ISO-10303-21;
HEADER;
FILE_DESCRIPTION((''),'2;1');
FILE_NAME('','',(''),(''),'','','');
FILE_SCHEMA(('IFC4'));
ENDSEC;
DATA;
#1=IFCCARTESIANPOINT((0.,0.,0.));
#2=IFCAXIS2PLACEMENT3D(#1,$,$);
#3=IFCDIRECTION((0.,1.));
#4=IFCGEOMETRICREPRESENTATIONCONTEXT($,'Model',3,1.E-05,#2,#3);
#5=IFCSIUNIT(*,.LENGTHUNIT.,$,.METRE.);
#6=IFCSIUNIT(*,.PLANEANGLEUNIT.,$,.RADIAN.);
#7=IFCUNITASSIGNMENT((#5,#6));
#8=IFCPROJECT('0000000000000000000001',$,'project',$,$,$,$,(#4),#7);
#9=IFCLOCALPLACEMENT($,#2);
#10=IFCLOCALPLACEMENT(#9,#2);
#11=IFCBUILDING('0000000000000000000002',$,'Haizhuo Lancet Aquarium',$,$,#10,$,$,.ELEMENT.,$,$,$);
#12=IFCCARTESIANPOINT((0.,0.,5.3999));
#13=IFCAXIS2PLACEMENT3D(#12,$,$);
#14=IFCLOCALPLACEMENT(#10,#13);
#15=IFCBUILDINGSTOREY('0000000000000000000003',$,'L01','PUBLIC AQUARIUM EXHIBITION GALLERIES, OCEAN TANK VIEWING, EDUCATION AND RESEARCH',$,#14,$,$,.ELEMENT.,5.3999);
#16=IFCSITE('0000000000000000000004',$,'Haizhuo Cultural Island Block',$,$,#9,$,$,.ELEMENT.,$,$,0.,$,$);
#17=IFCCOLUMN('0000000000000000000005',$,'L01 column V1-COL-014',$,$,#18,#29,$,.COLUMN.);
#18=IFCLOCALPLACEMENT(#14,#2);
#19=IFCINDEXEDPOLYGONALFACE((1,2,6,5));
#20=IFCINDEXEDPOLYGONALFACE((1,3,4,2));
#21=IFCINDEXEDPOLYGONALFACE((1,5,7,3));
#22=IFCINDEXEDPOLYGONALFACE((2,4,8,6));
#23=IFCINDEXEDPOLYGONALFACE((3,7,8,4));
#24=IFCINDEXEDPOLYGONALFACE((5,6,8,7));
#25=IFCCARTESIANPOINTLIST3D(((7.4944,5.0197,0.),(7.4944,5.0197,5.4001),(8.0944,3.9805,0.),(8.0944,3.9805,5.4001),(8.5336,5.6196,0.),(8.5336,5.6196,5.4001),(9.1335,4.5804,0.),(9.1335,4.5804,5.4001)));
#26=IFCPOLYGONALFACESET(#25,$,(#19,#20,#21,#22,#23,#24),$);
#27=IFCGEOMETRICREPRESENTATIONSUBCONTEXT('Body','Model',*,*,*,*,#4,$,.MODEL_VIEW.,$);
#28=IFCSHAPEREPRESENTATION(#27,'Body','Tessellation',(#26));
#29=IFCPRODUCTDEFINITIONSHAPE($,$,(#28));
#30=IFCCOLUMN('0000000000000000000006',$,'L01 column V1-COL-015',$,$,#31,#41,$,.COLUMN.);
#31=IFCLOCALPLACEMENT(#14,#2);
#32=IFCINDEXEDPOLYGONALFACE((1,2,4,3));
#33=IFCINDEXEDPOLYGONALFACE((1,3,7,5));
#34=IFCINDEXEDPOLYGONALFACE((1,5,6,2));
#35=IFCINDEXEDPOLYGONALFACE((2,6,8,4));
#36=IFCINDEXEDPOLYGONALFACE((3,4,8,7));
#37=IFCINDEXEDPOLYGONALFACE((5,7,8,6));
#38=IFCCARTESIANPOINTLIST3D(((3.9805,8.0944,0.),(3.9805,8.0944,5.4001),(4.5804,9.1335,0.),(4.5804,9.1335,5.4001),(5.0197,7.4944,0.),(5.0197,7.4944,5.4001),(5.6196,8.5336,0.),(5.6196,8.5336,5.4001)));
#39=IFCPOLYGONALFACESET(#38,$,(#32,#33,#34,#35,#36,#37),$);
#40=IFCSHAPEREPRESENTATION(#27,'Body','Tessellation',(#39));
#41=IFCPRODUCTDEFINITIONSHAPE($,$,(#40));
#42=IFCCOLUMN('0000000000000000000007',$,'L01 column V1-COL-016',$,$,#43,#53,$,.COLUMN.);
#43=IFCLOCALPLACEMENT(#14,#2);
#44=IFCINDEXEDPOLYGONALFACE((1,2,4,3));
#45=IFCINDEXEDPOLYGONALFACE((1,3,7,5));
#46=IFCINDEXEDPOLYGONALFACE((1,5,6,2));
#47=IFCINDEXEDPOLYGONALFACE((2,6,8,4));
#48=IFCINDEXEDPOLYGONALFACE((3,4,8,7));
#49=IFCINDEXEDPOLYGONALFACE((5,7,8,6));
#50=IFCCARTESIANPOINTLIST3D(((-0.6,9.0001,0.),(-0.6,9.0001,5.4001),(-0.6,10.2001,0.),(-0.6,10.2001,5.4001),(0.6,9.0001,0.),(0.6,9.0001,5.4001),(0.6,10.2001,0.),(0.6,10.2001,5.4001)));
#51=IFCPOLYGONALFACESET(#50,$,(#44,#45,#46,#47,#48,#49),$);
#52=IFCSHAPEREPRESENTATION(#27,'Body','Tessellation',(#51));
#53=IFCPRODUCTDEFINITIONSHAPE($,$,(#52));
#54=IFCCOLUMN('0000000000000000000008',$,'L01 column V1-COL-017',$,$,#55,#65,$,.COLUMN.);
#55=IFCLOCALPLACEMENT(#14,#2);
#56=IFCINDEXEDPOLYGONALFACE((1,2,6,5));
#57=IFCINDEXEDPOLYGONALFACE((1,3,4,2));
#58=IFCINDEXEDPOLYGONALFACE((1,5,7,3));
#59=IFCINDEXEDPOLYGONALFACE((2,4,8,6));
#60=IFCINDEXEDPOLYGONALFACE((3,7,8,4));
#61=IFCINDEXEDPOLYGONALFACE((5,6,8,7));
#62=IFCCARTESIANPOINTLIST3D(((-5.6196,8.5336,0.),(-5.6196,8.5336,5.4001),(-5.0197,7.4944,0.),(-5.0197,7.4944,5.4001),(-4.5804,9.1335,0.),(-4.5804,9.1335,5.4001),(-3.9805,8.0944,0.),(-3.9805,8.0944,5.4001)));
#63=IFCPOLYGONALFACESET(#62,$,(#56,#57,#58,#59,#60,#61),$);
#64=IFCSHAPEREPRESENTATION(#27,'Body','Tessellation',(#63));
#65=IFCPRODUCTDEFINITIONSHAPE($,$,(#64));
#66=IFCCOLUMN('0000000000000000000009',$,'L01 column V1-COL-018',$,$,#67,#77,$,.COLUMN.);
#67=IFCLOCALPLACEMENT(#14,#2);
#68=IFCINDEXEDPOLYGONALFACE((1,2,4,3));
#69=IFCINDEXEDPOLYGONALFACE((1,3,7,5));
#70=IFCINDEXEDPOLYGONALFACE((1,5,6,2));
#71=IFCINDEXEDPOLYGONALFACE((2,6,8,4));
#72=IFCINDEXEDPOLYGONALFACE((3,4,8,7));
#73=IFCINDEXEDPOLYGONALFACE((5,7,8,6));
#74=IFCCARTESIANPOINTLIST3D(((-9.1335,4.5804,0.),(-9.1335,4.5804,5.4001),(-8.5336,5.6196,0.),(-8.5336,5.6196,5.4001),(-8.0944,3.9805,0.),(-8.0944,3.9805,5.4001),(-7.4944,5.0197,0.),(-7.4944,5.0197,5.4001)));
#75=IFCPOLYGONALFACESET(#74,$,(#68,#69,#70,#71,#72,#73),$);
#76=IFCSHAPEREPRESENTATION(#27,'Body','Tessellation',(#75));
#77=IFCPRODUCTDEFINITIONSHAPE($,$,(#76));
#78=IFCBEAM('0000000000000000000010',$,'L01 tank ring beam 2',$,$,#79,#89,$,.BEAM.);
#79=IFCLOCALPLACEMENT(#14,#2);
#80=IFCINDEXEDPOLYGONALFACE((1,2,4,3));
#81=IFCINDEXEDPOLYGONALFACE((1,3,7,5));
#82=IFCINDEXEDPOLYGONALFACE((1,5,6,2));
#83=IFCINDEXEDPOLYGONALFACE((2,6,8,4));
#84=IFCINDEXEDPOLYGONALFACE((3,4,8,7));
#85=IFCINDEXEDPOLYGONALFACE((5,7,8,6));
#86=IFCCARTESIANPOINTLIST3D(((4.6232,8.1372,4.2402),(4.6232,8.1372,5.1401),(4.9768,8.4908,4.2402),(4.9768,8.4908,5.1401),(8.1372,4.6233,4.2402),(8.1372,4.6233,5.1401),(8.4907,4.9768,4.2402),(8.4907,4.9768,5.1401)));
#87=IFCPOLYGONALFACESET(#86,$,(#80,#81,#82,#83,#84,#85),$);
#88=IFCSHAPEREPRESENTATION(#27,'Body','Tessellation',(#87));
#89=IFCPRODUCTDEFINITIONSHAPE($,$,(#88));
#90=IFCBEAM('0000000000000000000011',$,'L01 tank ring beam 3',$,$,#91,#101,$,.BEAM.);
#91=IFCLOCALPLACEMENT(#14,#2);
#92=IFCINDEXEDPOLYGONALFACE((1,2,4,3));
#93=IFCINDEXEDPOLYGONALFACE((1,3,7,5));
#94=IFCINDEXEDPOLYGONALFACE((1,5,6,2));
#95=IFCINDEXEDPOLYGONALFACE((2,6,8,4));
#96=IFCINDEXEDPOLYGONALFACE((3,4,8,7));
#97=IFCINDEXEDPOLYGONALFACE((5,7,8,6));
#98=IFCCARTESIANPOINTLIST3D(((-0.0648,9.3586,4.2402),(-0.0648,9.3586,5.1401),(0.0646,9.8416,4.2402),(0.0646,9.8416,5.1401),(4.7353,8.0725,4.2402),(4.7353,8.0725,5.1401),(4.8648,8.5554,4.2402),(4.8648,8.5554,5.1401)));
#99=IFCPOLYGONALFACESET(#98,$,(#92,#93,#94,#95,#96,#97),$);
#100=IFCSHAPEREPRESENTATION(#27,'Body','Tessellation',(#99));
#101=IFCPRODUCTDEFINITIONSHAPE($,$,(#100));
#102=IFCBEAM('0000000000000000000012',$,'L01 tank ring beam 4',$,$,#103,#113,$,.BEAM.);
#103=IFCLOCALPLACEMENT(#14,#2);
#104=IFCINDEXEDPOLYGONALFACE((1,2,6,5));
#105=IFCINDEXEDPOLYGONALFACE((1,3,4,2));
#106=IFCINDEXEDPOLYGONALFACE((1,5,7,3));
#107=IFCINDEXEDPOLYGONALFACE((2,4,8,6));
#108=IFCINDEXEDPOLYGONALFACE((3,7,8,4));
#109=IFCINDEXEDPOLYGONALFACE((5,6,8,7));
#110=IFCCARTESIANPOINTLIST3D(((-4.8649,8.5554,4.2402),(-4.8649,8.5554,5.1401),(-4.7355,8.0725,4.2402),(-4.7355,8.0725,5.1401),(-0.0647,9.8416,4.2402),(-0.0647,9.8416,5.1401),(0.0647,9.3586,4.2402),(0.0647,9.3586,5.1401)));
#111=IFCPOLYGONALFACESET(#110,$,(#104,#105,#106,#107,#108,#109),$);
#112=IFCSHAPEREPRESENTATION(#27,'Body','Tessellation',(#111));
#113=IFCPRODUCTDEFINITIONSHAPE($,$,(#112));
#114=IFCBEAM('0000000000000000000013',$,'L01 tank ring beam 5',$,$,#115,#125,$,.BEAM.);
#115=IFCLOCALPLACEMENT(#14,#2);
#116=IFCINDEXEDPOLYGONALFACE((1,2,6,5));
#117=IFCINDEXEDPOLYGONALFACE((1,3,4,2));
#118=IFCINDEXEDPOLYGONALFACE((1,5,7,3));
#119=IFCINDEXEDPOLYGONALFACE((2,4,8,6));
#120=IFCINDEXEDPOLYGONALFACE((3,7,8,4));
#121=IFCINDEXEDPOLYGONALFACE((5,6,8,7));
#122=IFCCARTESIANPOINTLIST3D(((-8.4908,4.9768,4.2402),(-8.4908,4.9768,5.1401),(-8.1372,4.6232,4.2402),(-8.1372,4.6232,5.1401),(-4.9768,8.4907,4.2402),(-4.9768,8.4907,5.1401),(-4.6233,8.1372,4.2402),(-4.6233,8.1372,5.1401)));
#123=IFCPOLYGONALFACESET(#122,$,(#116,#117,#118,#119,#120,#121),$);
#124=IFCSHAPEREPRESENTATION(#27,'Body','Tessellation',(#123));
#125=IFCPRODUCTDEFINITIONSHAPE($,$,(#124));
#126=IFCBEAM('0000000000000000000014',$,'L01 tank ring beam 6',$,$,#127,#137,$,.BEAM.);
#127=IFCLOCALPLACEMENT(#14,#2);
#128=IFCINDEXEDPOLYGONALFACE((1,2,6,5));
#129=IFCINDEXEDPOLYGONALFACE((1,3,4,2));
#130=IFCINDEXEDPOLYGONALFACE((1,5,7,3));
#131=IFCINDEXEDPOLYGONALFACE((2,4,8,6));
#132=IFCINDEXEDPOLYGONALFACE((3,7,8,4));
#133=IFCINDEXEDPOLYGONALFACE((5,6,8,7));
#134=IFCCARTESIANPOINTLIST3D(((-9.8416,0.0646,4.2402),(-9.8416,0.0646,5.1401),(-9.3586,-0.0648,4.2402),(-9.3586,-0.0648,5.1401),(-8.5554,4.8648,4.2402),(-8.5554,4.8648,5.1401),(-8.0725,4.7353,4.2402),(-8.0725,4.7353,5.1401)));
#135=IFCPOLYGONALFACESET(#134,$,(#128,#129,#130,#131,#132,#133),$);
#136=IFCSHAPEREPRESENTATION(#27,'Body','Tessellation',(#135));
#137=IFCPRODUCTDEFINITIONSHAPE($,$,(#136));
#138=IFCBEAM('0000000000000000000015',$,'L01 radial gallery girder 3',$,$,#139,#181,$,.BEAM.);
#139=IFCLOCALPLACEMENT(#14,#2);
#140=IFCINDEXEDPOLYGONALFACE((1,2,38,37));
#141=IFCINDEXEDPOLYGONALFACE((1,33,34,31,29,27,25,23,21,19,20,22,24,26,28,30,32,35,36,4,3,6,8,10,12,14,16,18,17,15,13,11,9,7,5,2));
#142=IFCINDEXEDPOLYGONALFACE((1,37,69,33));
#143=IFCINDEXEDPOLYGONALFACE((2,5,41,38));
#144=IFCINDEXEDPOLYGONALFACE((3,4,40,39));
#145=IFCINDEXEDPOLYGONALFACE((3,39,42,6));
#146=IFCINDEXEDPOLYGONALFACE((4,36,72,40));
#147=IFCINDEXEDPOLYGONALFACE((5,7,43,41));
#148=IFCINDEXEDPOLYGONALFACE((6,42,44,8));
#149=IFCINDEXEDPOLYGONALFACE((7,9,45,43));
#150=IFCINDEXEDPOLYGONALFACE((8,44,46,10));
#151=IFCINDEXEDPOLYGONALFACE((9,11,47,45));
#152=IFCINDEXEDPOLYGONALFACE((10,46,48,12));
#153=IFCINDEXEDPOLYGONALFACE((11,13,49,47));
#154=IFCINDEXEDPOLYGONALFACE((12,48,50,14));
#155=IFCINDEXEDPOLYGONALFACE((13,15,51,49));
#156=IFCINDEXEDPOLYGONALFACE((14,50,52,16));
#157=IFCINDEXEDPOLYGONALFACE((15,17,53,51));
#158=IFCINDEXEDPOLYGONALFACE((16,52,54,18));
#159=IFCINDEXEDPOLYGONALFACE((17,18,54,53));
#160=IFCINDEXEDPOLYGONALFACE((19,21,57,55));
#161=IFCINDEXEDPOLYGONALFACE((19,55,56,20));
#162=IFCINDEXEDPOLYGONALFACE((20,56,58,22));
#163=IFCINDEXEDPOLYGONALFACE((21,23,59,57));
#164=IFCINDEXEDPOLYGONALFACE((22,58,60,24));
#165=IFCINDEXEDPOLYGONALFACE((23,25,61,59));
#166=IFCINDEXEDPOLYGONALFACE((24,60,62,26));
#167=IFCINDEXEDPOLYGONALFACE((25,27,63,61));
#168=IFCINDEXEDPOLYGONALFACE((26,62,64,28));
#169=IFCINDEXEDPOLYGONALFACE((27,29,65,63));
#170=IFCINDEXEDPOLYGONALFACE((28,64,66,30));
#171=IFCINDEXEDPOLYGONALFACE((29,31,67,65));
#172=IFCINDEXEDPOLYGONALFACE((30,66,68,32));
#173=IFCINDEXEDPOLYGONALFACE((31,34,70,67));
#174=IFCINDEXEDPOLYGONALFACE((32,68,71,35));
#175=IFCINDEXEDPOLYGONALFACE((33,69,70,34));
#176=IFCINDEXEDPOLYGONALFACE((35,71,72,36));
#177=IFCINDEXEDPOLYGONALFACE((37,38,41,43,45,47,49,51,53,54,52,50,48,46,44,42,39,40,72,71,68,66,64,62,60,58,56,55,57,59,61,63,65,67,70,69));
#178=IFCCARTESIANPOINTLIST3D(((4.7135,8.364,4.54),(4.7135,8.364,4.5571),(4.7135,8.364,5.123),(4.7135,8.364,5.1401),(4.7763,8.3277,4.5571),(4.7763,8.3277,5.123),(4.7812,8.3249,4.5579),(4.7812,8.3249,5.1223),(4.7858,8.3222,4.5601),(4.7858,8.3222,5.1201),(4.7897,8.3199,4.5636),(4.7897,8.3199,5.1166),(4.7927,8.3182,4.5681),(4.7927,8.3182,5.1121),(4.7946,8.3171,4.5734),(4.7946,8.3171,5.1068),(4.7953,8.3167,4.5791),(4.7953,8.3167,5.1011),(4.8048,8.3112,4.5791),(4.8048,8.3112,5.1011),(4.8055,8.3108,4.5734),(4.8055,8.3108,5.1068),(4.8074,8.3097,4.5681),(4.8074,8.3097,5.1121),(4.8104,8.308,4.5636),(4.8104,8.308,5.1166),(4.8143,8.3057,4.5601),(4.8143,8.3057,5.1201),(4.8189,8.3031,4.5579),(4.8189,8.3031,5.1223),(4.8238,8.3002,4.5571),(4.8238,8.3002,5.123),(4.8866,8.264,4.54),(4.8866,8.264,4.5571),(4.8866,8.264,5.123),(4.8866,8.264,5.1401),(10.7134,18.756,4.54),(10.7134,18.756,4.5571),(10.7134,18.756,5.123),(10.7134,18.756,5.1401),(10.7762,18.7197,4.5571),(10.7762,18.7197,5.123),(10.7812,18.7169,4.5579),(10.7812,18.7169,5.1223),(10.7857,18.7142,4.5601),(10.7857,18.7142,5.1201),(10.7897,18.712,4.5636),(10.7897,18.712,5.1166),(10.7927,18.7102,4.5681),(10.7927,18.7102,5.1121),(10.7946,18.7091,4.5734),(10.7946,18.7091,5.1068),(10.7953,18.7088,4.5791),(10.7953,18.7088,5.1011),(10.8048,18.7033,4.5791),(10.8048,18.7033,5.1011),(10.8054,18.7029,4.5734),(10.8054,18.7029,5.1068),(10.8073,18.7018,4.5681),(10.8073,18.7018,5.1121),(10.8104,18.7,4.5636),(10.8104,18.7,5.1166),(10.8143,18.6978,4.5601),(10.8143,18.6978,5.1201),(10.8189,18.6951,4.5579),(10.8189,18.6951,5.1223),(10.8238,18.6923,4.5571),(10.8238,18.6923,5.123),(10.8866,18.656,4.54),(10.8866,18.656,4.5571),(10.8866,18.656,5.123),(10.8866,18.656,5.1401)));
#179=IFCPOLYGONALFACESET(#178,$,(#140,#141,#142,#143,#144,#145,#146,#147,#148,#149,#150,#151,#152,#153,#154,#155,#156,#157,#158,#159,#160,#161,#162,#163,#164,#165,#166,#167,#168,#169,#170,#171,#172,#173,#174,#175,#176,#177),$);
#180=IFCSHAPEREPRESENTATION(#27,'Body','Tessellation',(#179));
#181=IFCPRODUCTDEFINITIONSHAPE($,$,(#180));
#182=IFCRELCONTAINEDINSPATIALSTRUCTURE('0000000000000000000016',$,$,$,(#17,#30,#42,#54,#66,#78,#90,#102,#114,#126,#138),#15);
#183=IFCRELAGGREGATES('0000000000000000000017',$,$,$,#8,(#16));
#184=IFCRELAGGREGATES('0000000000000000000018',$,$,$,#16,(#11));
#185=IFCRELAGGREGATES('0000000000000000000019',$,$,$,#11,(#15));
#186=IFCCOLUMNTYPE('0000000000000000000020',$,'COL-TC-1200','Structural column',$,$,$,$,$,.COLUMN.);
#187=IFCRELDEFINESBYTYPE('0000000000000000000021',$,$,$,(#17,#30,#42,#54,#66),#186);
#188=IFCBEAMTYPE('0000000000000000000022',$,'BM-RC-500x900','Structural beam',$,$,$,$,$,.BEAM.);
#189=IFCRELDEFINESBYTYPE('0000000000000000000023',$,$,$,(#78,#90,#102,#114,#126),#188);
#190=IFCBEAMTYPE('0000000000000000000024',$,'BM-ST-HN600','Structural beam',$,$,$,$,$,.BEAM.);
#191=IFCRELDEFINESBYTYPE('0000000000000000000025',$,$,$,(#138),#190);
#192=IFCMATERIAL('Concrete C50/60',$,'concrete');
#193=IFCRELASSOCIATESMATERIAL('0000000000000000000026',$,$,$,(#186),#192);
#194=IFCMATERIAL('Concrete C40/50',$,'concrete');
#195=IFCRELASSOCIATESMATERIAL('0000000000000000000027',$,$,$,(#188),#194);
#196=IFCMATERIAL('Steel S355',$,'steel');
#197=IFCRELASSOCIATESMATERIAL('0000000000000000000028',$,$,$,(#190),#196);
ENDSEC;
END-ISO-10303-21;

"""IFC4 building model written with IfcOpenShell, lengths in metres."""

from ifc_helpers import new_model, si_unit, direction, frame, origin, origin_2d, place, context, subcontext, project, spatial, rectangle, i_section, extrude, material, material_profile, profile_set, type_object, element, save


model = new_model("IFC4")

# Units and contexts
model_context = context("Model", 3, precision=1e-05, world=origin(), true_north=direction((0.0, 1.0)))
body_context = subcontext(model_context, "Body", "Model", "MODEL_VIEW")
ifc_project = project(units=[si_unit("LENGTHUNIT", "METRE"), si_unit("PLANEANGLEUNIT", "RADIAN")], contexts=[model_context])

# Site, building, storey
site_placement = place(None, origin())
site = spatial("IfcSite", under=ifc_project, at=site_placement, Name="Haizhuo Cultural Island Block", CompositionType="ELEMENT", RefElevation=0.0)
building_placement = place(site_placement, origin())
building = spatial("IfcBuilding", under=site, at=building_placement, Name="Haizhuo Lancet Aquarium", CompositionType="ELEMENT")
storey_placement = place(building_placement, frame((0.0, 0.0, 5.3999)))
storey = spatial("IfcBuildingStorey", under=building, at=storey_placement, Name="L01", Description="PUBLIC AQUARIUM EXHIBITION GALLERIES, OCEAN TANK VIEWING, EDUCATION AND RESEARCH", CompositionType="ELEMENT", Elevation=5.3999)

# Columns
ifc_material_1 = material(Name="Concrete C50/60", Category="concrete")
ifc_material_profile_1 = material_profile(ifc_material_1, rectangle(XDim=1.2, YDim=1.2, at=origin_2d()), Name="RC-COL 1200x1200")
ifc_profile_set_1 = profile_set([ifc_material_profile_1], Name="Concrete C50/60")
column_type = type_object("IfcColumnType", Name="COL-TC-1200", Description="Structural column", PredefinedType="COLUMN", material=ifc_profile_set_1)
for number, where, z_axis, x_axis, name in (
    (1, (8.314, 4.8, 0.0), (0.0, 0.0, 1.0), (0.866025, 0.5, 0.0), "L01 column V1-COL-014"),
    (2, (4.8, 8.314, 0.0), (0.0, 0.0, 1.0), (0.5, 0.866025, 0.0), "L01 column V1-COL-015"),
    (3, (0.0, 9.6001, 0.0), (0.0, 0.0, 1.0), (0.0, 1.0, 0.0), "L01 column V1-COL-016"),
    (4, (-4.8, 8.314, 0.0), (0.0, 0.0, 1.0), (-0.5, 0.866025, 0.0), "L01 column V1-COL-017"),
    (5, (-8.314, 4.8, 0.0), (0.0, 0.0, 1.0), (-0.866025, 0.5, 0.0), "L01 column V1-COL-018"),
):
    element("IfcColumn", number, at=place(storey_placement, frame(where, z_axis=z_axis, x_axis=x_axis)), inside=storey, type_object=column_type, Name=name, PredefinedType="COLUMN", context=body_context, shape_type="SweptSolid", body=[
        extrude(rectangle(XDim=1.2, YDim=1.2, at=origin_2d()), origin(), (0.0, 0.0, 1.0), 5.4001),
    ])

# Beams
ifc_material_2 = material(Name="Concrete C40/50", Category="concrete")
ifc_material_profile_2 = material_profile(ifc_material_2, rectangle(XDim=0.5, YDim=0.8999, at=origin_2d()), Name="RC-BM 500x900")
ifc_profile_set_2 = profile_set([ifc_material_profile_2], Name="Concrete C40/50")
beam_type_1 = type_object("IfcBeamType", Name="BM-RC-500x900", Description="Structural beam", PredefinedType="BEAM", material=ifc_profile_set_2)
for number, where, z_axis, x_axis, name in (
    (6, (8.314, 4.8, 4.6902), (-0.707107, 0.707107, 0.0), (-0.707107, -0.707107, 0.0), "L01 tank ring beam 2"),
    (7, (4.8, 8.314, 4.6902), (-0.965928, 0.258812, 0.0), (-0.258812, -0.965928, 0.0), "L01 tank ring beam 3"),
    (8, (0.0, 9.6001, 4.6902), (-0.965928, -0.258812, 0.0), (0.258812, -0.965928, 0.0), "L01 tank ring beam 4"),
    (9, (-4.8, 8.314, 4.6902), (-0.707107, -0.707107, 0.0), (0.707107, -0.707107, 0.0), "L01 tank ring beam 5"),
    (10, (-8.314, 4.8, 4.6902), (-0.258812, -0.965928, 0.0), (0.965928, -0.258812, 0.0), "L01 tank ring beam 6"),
):
    element("IfcBeam", number, at=place(storey_placement, frame(where, z_axis=z_axis, x_axis=x_axis)), inside=storey, type_object=beam_type_1, Name=name, PredefinedType="BEAM", context=body_context, shape_type="SweptSolid", body=[
        extrude(rectangle(XDim=0.5, YDim=0.8999, at=origin_2d()), origin(), (0.0, 0.0, 1.0), 4.9695),
    ])
ifc_material_3 = material(Name="Steel S355", Category="steel")
ifc_material_profile_3 = material_profile(ifc_material_3, i_section(OverallWidth=0.2, OverallDepth=0.6001, WebThickness=0.011, FlangeThickness=0.0171, FilletRadius=0.022, at=origin_2d()), Name="HN 600x200x11x17")
ifc_profile_set_3 = profile_set([ifc_material_profile_3], Name="Steel S355")
beam_type_2 = type_object("IfcBeamType", Name="BM-ST-HN600", Description="Structural beam", PredefinedType="BEAM", material=ifc_profile_set_3)
beam_1_placement = place(storey_placement, frame((4.8, 8.314, 4.8401), z_axis=(0.500008, 0.866021, 0.0), x_axis=(-0.866021, 0.500008, 0.0)))
element("IfcBeam", 11, at=beam_1_placement, inside=storey, type_object=beam_type_2, Name="L01 radial gallery girder 3", PredefinedType="BEAM", context=body_context, shape_type="SweptSolid", body=[
    extrude(i_section(OverallWidth=0.2, OverallDepth=0.6001, WebThickness=0.011, FlangeThickness=0.0171, FilletRadius=0.022, at=origin_2d()), origin(), (0.0, 0.0, 1.0), 11.9998),
])

save(model, "model.ifc")
